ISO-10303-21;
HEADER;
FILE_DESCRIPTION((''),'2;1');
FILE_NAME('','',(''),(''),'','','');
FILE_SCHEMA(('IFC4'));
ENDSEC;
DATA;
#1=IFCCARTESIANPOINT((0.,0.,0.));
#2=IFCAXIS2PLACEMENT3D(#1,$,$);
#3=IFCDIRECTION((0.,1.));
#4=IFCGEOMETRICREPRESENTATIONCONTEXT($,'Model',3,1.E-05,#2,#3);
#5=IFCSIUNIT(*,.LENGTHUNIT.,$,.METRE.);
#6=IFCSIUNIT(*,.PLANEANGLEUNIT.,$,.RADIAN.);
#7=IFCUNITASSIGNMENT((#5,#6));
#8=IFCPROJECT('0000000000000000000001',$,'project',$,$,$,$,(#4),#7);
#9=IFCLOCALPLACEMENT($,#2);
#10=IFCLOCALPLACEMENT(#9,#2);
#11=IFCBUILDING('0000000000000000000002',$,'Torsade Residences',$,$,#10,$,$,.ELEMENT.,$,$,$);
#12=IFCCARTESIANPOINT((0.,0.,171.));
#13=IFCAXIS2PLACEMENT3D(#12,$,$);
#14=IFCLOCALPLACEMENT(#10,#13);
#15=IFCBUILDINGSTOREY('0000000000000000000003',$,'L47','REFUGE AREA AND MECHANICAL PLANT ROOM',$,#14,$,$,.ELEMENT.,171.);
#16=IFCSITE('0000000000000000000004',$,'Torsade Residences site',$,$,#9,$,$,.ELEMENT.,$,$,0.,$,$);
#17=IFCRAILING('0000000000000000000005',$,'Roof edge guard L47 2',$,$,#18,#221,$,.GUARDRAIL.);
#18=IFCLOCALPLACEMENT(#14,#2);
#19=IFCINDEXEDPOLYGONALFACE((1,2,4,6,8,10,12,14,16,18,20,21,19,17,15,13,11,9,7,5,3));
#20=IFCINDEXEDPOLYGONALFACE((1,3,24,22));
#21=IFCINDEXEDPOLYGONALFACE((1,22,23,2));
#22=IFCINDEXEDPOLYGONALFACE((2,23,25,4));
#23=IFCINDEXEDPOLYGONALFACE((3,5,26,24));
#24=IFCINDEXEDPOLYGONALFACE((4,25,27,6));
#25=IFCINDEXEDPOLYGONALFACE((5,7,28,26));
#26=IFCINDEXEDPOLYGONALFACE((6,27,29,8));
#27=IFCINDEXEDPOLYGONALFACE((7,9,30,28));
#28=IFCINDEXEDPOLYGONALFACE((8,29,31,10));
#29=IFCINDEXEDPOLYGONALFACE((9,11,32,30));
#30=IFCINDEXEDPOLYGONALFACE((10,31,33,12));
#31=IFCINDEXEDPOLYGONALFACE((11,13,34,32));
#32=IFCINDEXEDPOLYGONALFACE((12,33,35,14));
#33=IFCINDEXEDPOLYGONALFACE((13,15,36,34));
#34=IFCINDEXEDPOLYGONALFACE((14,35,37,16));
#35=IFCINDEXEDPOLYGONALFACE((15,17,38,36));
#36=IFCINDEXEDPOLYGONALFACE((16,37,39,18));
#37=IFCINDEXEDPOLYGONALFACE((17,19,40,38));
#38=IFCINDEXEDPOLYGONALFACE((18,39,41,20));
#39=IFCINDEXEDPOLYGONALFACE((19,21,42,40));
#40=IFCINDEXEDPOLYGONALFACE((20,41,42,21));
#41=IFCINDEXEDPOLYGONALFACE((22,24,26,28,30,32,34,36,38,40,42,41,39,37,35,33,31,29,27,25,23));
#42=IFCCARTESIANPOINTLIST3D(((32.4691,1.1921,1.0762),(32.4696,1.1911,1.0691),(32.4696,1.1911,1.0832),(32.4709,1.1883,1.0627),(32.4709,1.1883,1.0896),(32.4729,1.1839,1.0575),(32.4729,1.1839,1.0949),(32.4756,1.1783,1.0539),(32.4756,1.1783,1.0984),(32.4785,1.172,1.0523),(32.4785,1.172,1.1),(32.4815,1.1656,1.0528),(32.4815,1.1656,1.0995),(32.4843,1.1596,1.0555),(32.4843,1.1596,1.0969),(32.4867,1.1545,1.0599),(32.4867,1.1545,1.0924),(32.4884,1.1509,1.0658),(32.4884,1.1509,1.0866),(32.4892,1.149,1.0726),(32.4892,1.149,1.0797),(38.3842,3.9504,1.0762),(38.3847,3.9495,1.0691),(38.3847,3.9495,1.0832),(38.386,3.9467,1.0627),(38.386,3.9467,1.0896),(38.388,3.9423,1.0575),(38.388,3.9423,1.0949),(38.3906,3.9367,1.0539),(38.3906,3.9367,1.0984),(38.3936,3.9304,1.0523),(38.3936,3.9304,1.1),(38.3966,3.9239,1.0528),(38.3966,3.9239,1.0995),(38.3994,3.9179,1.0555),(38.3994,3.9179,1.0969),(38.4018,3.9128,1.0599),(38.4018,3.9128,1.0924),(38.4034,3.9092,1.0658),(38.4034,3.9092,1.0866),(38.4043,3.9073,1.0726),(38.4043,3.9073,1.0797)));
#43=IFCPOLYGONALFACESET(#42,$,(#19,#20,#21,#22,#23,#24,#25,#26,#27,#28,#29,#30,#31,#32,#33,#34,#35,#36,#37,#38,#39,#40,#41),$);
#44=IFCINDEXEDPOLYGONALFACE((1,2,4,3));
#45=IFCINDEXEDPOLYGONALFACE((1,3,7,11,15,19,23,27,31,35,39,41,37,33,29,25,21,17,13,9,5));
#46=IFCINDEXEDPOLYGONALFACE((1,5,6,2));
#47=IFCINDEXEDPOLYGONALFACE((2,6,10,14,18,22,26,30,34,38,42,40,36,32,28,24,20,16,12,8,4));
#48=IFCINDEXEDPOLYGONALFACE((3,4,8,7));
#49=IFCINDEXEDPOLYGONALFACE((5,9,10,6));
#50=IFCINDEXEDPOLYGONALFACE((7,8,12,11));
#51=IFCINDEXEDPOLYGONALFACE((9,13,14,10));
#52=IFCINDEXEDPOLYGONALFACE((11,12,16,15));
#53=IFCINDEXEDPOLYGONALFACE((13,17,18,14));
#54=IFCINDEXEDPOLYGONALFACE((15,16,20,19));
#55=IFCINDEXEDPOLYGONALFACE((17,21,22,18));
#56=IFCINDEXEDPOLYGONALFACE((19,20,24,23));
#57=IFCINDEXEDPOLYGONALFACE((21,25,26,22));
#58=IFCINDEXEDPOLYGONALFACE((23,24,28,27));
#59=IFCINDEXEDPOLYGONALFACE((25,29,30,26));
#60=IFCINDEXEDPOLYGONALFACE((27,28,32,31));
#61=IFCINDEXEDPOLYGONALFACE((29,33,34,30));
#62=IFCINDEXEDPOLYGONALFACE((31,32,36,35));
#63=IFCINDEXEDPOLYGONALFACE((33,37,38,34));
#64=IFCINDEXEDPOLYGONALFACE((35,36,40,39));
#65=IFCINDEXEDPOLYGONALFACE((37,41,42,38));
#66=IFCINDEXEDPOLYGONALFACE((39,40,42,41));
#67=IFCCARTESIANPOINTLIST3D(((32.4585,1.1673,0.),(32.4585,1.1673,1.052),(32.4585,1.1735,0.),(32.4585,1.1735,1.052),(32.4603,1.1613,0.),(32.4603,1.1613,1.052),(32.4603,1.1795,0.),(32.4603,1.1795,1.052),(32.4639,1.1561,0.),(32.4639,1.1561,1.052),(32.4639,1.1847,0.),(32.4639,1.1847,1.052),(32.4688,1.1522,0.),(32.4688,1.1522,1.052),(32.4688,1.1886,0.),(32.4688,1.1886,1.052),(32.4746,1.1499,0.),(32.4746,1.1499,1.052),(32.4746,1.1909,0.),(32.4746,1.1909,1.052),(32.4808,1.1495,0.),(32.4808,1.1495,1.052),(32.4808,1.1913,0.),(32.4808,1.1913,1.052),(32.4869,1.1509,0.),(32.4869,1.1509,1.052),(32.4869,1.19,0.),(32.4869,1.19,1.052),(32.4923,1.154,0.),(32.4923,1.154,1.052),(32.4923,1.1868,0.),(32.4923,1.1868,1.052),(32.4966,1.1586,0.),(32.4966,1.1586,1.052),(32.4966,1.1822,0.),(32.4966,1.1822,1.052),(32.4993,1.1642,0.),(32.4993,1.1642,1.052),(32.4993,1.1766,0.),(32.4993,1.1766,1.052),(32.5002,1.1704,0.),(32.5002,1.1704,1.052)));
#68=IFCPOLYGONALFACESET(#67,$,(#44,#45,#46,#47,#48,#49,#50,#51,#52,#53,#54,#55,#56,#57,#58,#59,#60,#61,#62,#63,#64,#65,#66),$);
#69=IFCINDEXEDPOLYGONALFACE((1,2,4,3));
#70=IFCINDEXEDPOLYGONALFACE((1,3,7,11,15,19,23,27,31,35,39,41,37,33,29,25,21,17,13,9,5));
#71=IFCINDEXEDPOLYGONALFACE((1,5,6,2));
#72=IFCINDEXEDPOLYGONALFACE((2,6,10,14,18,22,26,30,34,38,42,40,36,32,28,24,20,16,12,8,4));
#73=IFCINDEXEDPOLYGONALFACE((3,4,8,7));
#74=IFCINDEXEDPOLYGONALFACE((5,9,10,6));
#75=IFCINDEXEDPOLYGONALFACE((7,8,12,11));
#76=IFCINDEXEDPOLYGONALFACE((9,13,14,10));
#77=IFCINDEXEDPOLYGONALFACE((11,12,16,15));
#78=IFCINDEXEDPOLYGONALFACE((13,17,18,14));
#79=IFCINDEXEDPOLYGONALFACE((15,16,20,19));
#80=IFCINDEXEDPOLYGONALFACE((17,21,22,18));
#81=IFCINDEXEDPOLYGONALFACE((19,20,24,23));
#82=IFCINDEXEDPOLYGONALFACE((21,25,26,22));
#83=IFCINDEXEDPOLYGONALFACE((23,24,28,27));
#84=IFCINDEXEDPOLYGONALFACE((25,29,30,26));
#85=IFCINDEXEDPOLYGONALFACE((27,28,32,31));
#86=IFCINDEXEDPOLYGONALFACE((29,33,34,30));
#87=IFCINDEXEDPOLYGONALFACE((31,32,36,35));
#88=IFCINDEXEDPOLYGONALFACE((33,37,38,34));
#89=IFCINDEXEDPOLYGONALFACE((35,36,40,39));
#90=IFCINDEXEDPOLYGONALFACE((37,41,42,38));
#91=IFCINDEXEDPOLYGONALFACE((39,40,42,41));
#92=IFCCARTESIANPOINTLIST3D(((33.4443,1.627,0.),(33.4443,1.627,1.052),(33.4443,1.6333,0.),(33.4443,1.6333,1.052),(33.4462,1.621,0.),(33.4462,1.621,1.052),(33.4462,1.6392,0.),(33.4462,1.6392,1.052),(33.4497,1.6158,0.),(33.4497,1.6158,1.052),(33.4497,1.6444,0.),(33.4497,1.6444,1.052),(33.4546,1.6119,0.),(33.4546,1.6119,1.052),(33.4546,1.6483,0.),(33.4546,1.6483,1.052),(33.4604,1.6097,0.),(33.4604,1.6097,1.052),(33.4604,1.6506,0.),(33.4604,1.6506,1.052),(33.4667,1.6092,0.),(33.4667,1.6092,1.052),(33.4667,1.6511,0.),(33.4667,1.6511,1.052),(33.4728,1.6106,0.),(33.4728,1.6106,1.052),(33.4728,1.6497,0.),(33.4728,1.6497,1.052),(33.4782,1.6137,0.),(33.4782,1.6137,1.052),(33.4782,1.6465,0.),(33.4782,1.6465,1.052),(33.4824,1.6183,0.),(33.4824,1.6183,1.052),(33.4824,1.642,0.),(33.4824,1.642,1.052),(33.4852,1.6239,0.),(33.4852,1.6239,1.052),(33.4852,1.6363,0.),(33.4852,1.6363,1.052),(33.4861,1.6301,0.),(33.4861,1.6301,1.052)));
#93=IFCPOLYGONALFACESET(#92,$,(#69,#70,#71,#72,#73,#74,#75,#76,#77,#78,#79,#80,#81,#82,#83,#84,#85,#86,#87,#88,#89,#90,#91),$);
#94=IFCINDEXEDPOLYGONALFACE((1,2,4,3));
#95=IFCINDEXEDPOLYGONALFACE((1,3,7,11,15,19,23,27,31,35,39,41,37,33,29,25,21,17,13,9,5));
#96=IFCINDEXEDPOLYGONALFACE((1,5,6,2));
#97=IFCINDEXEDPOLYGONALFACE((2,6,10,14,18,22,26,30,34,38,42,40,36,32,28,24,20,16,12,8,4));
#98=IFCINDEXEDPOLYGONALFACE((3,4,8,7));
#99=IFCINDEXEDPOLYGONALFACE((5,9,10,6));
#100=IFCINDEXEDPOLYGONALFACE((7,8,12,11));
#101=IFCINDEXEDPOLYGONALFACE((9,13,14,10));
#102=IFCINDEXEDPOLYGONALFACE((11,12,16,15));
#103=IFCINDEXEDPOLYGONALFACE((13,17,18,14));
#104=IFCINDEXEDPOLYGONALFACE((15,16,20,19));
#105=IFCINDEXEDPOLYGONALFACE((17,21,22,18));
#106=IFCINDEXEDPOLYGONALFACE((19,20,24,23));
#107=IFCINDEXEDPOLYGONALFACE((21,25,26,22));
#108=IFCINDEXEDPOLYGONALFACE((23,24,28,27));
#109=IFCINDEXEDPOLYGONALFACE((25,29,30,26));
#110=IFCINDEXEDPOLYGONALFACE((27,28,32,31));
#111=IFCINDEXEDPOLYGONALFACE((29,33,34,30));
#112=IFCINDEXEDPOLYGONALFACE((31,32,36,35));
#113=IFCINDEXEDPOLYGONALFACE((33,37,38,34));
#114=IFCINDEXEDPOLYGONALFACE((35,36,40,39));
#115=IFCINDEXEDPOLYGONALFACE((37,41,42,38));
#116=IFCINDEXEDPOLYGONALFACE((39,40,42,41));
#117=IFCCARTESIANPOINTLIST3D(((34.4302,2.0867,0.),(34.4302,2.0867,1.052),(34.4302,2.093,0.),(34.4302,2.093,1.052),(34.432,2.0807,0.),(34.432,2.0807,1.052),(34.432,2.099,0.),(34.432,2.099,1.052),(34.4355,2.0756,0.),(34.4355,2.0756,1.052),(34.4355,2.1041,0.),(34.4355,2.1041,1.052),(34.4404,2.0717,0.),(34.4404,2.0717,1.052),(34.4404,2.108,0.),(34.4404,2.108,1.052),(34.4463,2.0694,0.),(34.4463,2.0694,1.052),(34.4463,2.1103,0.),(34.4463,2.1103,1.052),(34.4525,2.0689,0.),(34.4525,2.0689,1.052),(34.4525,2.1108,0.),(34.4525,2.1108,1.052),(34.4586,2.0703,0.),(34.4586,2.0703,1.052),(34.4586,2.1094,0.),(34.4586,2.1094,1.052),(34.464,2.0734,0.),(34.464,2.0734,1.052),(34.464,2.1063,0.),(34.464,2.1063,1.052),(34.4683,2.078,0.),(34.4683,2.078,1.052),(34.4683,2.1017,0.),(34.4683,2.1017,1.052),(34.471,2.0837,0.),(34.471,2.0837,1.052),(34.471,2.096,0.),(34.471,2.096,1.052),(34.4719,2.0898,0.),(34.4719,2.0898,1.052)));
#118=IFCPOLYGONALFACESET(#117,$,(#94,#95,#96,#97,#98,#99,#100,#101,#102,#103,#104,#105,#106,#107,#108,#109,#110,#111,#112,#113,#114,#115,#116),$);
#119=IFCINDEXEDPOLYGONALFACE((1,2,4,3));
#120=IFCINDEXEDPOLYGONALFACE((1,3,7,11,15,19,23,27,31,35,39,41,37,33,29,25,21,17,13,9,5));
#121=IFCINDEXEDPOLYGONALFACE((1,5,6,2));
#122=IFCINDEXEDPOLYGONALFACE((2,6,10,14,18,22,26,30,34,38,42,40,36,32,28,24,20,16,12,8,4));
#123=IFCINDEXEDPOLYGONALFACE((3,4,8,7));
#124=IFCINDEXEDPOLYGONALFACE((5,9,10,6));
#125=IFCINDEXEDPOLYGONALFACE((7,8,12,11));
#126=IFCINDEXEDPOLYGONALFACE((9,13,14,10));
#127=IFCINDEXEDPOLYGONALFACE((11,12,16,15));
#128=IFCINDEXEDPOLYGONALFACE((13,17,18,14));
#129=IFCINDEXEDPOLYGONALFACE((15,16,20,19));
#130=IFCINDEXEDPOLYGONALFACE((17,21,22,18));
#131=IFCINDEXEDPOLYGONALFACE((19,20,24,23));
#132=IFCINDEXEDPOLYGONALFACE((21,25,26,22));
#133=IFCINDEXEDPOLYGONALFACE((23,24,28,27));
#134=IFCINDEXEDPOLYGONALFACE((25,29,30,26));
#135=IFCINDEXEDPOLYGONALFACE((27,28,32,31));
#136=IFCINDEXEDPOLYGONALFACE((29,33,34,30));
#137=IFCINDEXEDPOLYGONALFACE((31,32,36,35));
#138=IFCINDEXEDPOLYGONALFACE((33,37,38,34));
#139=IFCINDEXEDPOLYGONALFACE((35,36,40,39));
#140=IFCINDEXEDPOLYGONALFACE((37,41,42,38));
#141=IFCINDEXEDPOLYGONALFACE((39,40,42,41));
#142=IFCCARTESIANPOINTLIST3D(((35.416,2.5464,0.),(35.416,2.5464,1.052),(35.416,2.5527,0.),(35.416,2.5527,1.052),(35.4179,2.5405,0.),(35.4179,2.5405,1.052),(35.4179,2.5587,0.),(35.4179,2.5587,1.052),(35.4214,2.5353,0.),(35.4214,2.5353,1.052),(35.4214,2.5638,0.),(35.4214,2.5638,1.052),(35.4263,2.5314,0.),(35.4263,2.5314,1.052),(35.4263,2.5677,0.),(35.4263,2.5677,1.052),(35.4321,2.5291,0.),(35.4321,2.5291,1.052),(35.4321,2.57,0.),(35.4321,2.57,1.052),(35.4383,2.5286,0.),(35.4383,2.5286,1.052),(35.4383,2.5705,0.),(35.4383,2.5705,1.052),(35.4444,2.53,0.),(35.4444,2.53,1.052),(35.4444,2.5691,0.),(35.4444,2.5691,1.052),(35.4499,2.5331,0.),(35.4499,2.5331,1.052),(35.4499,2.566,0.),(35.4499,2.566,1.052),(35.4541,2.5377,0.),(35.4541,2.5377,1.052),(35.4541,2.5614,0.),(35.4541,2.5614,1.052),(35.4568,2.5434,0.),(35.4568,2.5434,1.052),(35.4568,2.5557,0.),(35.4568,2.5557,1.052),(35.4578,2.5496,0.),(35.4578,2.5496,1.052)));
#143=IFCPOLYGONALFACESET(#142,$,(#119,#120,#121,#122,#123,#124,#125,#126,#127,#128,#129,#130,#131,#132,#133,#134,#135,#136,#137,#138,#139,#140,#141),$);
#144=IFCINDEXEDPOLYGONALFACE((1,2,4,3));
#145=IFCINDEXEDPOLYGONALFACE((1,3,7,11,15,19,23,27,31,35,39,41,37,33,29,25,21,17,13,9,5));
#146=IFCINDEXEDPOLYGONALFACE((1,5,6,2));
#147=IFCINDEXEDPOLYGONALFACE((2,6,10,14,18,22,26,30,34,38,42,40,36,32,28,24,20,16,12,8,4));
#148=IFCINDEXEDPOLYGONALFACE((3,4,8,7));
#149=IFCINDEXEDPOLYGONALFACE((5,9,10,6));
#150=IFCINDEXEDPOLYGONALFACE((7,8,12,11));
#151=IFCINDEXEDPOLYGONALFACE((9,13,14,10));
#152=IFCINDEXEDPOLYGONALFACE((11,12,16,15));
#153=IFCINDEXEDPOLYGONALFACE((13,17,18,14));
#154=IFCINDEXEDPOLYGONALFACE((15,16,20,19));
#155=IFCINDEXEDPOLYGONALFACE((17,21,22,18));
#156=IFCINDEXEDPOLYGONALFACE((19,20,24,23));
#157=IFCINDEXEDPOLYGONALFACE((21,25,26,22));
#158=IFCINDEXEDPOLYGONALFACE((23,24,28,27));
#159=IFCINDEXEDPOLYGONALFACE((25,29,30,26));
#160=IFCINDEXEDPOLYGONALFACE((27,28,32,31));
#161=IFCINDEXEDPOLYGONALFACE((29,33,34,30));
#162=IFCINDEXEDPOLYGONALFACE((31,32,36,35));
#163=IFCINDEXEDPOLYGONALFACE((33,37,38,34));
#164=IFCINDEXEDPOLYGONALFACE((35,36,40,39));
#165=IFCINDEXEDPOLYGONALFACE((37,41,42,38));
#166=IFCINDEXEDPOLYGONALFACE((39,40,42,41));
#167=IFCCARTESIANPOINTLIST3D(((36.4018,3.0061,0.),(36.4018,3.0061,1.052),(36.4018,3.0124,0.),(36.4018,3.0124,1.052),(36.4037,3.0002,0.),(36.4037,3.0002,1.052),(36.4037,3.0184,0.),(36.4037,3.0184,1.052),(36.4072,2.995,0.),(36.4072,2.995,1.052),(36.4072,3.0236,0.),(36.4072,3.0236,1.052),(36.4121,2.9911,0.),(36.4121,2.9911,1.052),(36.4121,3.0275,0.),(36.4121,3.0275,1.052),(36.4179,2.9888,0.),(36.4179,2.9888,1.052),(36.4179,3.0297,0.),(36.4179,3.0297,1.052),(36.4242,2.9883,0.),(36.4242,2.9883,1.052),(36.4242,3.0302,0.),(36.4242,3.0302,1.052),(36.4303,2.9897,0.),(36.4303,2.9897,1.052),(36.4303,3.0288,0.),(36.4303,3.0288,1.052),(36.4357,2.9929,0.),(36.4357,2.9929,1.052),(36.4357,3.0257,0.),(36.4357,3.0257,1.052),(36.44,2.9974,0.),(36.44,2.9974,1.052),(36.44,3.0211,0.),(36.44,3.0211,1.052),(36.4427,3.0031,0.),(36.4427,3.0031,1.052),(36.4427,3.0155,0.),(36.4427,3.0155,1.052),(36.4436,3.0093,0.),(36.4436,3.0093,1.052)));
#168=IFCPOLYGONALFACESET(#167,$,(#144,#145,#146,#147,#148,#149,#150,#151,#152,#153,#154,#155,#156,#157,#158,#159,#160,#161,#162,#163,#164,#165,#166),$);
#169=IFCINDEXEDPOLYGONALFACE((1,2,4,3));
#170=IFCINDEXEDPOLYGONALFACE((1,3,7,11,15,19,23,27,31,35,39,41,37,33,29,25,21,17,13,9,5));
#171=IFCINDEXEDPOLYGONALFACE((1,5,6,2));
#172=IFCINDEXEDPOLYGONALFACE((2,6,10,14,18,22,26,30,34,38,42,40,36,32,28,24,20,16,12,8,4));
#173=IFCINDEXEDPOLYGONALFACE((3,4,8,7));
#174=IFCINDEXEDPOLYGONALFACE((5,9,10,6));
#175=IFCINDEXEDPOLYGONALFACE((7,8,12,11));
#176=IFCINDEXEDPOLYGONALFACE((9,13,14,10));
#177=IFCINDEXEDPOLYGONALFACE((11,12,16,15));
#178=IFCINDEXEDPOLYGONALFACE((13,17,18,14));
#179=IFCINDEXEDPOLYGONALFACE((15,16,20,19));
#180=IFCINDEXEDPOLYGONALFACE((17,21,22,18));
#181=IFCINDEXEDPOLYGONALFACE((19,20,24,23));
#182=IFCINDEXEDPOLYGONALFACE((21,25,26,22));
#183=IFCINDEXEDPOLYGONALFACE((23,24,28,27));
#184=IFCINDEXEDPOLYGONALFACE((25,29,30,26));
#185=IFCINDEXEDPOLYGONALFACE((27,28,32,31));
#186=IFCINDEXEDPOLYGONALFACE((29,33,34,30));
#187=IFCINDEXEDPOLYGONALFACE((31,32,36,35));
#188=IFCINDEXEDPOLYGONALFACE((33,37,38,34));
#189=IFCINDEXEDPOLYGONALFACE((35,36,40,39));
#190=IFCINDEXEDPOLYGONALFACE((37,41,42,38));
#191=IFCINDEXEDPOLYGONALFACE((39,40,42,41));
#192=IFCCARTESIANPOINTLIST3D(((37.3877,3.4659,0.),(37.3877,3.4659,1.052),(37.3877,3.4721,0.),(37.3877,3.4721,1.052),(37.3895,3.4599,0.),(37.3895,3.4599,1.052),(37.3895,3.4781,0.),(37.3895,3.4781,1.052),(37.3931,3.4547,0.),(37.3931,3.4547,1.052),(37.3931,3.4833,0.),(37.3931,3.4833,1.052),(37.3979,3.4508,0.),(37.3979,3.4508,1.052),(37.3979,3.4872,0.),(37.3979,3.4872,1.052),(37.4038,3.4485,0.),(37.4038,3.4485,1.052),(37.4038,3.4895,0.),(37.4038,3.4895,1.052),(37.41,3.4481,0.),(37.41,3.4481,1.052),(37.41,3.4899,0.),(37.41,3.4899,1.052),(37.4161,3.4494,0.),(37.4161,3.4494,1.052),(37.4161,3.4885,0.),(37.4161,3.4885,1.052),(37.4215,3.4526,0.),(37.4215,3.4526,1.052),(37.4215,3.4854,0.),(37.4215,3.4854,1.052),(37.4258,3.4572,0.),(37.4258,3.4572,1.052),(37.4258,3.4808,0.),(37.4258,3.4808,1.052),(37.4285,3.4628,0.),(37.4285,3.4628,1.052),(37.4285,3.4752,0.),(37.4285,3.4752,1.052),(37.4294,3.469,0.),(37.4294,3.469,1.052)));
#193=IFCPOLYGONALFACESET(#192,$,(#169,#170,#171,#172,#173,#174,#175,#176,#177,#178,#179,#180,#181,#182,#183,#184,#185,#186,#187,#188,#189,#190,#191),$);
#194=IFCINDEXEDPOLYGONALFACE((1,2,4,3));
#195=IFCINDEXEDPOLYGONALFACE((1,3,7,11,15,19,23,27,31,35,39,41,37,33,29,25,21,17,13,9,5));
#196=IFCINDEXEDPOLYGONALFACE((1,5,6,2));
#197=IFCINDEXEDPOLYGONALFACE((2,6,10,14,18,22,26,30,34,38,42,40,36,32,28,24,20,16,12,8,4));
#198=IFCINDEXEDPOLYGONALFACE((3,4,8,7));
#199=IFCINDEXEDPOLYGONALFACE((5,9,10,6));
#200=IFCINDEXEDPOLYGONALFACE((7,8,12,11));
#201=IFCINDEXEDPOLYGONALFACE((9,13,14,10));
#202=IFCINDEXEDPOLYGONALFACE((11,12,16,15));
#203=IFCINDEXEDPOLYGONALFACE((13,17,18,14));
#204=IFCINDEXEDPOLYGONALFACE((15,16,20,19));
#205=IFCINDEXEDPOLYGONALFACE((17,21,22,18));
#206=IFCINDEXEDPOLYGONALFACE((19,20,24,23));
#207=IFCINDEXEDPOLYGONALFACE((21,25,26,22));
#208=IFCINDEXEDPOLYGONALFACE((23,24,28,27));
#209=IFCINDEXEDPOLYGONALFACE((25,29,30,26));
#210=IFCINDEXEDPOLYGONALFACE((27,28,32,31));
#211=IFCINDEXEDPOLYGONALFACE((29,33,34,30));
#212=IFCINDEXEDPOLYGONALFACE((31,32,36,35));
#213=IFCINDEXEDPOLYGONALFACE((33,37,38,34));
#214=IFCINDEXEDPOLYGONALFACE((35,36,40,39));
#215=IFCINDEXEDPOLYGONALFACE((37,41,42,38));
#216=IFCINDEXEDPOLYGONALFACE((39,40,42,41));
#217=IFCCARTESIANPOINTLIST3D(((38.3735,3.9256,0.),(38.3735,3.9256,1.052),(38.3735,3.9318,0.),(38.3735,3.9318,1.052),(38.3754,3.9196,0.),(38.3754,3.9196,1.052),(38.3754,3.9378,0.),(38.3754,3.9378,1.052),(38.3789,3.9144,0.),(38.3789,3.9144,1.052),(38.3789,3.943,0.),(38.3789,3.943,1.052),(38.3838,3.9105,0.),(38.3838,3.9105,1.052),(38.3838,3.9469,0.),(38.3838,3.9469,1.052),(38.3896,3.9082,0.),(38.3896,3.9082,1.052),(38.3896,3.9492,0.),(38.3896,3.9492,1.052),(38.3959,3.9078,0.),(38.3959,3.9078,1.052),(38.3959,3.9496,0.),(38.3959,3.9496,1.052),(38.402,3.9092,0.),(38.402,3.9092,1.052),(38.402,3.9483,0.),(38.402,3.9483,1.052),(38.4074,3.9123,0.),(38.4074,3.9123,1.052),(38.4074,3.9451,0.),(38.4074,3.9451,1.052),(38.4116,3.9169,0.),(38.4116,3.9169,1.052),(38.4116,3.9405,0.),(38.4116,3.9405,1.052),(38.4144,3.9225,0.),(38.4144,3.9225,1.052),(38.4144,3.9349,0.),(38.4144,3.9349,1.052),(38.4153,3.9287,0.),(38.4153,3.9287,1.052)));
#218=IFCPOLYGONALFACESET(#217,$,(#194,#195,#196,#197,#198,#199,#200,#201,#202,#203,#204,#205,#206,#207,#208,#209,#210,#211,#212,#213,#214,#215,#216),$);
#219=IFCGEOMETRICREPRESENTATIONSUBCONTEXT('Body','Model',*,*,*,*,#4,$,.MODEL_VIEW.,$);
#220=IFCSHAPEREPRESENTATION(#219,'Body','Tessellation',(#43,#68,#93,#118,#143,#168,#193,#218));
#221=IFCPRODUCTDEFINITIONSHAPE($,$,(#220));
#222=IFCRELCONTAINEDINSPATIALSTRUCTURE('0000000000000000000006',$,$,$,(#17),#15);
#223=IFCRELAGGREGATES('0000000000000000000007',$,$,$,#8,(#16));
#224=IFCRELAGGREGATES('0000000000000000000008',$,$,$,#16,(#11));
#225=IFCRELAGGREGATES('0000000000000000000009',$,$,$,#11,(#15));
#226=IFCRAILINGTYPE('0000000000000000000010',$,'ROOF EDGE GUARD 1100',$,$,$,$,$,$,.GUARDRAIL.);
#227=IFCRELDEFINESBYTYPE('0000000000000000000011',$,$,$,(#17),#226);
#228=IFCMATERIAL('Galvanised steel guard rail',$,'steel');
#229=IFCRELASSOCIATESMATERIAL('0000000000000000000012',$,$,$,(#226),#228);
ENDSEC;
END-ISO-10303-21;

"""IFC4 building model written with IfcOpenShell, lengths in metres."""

from ifc_helpers import new_model, si_unit, direction, frame, origin, origin_2d, place, context, subcontext, project, spatial, circle, extrude, material, type_object, element, save


model = new_model("IFC4")

# Units and contexts
model_context = context("Model", 3, precision=1e-05, world=origin(), true_north=direction((0.0, 1.0)))
body_context = subcontext(model_context, "Body", "Model", "MODEL_VIEW")
ifc_project = project(units=[si_unit("LENGTHUNIT", "METRE"), si_unit("PLANEANGLEUNIT", "RADIAN")], contexts=[model_context])

# Site, building, storey
site_placement = place(None, origin())
site = spatial("IfcSite", under=ifc_project, at=site_placement, Name="Torsade Residences site", CompositionType="ELEMENT", RefElevation=0.0)
building_placement = place(site_placement, origin())
building = spatial("IfcBuilding", under=site, at=building_placement, Name="Torsade Residences", CompositionType="ELEMENT")
storey_placement = place(building_placement, frame((0.0, 0.0, 171.0)))
storey = spatial("IfcBuildingStorey", under=building, at=storey_placement, Name="L47", Description="REFUGE AREA AND MECHANICAL PLANT ROOM", CompositionType="ELEMENT", Elevation=171.0)

# Railing
ifc_material_1 = material(Name="Galvanised steel guard rail", Category="steel")
railing_type = type_object("IfcRailingType", Name="ROOF EDGE GUARD 1100", PredefinedType="GUARDRAIL", material=ifc_material_1)
railing_1_placement = place(storey_placement, frame((32.4792, 1.1704, 0.0)))
element("IfcRailing", 1, at=railing_1_placement, inside=storey, type_object=railing_type, Name="Roof edge guard L47 2", PredefinedType="GUARDRAIL", context=body_context, shape_type="SweptSolid", body=[
    extrude(circle(Radius=0.0239, at=origin_2d()), frame((0.0, 0.0, 1.0762), z_axis=(0.906304, 0.422627, 0.0), x_axis=(-0.422627, 0.906304, 0.0)), (0.0, 0.0, 1.0), 6.5266),
    extrude(circle(Radius=0.021, at=origin_2d()), origin(), (0.0, 0.0, 1.0), 1.052),
    extrude(circle(Radius=0.021, at=origin_2d()), frame((0.9858, 0.4597, 0.0)), (0.0, 0.0, 1.0), 1.052),
    extrude(circle(Radius=0.021, at=origin_2d()), frame((1.9717, 0.9194, 0.0)), (0.0, 0.0, 1.0), 1.052),
    extrude(circle(Radius=0.021, at=origin_2d()), frame((2.9575, 1.3792, 0.0)), (0.0, 0.0, 1.0), 1.052),
    extrude(circle(Radius=0.021, at=origin_2d()), frame((3.9434, 1.8389, 0.0)), (0.0, 0.0, 1.0), 1.052),
    extrude(circle(Radius=0.021, at=origin_2d()), frame((4.9292, 2.2986, 0.0)), (0.0, 0.0, 1.0), 1.052),
    extrude(circle(Radius=0.021, at=origin_2d()), frame((5.915, 2.7583, 0.0)), (0.0, 0.0, 1.0), 1.052),
])

save(model, "model.ifc")
